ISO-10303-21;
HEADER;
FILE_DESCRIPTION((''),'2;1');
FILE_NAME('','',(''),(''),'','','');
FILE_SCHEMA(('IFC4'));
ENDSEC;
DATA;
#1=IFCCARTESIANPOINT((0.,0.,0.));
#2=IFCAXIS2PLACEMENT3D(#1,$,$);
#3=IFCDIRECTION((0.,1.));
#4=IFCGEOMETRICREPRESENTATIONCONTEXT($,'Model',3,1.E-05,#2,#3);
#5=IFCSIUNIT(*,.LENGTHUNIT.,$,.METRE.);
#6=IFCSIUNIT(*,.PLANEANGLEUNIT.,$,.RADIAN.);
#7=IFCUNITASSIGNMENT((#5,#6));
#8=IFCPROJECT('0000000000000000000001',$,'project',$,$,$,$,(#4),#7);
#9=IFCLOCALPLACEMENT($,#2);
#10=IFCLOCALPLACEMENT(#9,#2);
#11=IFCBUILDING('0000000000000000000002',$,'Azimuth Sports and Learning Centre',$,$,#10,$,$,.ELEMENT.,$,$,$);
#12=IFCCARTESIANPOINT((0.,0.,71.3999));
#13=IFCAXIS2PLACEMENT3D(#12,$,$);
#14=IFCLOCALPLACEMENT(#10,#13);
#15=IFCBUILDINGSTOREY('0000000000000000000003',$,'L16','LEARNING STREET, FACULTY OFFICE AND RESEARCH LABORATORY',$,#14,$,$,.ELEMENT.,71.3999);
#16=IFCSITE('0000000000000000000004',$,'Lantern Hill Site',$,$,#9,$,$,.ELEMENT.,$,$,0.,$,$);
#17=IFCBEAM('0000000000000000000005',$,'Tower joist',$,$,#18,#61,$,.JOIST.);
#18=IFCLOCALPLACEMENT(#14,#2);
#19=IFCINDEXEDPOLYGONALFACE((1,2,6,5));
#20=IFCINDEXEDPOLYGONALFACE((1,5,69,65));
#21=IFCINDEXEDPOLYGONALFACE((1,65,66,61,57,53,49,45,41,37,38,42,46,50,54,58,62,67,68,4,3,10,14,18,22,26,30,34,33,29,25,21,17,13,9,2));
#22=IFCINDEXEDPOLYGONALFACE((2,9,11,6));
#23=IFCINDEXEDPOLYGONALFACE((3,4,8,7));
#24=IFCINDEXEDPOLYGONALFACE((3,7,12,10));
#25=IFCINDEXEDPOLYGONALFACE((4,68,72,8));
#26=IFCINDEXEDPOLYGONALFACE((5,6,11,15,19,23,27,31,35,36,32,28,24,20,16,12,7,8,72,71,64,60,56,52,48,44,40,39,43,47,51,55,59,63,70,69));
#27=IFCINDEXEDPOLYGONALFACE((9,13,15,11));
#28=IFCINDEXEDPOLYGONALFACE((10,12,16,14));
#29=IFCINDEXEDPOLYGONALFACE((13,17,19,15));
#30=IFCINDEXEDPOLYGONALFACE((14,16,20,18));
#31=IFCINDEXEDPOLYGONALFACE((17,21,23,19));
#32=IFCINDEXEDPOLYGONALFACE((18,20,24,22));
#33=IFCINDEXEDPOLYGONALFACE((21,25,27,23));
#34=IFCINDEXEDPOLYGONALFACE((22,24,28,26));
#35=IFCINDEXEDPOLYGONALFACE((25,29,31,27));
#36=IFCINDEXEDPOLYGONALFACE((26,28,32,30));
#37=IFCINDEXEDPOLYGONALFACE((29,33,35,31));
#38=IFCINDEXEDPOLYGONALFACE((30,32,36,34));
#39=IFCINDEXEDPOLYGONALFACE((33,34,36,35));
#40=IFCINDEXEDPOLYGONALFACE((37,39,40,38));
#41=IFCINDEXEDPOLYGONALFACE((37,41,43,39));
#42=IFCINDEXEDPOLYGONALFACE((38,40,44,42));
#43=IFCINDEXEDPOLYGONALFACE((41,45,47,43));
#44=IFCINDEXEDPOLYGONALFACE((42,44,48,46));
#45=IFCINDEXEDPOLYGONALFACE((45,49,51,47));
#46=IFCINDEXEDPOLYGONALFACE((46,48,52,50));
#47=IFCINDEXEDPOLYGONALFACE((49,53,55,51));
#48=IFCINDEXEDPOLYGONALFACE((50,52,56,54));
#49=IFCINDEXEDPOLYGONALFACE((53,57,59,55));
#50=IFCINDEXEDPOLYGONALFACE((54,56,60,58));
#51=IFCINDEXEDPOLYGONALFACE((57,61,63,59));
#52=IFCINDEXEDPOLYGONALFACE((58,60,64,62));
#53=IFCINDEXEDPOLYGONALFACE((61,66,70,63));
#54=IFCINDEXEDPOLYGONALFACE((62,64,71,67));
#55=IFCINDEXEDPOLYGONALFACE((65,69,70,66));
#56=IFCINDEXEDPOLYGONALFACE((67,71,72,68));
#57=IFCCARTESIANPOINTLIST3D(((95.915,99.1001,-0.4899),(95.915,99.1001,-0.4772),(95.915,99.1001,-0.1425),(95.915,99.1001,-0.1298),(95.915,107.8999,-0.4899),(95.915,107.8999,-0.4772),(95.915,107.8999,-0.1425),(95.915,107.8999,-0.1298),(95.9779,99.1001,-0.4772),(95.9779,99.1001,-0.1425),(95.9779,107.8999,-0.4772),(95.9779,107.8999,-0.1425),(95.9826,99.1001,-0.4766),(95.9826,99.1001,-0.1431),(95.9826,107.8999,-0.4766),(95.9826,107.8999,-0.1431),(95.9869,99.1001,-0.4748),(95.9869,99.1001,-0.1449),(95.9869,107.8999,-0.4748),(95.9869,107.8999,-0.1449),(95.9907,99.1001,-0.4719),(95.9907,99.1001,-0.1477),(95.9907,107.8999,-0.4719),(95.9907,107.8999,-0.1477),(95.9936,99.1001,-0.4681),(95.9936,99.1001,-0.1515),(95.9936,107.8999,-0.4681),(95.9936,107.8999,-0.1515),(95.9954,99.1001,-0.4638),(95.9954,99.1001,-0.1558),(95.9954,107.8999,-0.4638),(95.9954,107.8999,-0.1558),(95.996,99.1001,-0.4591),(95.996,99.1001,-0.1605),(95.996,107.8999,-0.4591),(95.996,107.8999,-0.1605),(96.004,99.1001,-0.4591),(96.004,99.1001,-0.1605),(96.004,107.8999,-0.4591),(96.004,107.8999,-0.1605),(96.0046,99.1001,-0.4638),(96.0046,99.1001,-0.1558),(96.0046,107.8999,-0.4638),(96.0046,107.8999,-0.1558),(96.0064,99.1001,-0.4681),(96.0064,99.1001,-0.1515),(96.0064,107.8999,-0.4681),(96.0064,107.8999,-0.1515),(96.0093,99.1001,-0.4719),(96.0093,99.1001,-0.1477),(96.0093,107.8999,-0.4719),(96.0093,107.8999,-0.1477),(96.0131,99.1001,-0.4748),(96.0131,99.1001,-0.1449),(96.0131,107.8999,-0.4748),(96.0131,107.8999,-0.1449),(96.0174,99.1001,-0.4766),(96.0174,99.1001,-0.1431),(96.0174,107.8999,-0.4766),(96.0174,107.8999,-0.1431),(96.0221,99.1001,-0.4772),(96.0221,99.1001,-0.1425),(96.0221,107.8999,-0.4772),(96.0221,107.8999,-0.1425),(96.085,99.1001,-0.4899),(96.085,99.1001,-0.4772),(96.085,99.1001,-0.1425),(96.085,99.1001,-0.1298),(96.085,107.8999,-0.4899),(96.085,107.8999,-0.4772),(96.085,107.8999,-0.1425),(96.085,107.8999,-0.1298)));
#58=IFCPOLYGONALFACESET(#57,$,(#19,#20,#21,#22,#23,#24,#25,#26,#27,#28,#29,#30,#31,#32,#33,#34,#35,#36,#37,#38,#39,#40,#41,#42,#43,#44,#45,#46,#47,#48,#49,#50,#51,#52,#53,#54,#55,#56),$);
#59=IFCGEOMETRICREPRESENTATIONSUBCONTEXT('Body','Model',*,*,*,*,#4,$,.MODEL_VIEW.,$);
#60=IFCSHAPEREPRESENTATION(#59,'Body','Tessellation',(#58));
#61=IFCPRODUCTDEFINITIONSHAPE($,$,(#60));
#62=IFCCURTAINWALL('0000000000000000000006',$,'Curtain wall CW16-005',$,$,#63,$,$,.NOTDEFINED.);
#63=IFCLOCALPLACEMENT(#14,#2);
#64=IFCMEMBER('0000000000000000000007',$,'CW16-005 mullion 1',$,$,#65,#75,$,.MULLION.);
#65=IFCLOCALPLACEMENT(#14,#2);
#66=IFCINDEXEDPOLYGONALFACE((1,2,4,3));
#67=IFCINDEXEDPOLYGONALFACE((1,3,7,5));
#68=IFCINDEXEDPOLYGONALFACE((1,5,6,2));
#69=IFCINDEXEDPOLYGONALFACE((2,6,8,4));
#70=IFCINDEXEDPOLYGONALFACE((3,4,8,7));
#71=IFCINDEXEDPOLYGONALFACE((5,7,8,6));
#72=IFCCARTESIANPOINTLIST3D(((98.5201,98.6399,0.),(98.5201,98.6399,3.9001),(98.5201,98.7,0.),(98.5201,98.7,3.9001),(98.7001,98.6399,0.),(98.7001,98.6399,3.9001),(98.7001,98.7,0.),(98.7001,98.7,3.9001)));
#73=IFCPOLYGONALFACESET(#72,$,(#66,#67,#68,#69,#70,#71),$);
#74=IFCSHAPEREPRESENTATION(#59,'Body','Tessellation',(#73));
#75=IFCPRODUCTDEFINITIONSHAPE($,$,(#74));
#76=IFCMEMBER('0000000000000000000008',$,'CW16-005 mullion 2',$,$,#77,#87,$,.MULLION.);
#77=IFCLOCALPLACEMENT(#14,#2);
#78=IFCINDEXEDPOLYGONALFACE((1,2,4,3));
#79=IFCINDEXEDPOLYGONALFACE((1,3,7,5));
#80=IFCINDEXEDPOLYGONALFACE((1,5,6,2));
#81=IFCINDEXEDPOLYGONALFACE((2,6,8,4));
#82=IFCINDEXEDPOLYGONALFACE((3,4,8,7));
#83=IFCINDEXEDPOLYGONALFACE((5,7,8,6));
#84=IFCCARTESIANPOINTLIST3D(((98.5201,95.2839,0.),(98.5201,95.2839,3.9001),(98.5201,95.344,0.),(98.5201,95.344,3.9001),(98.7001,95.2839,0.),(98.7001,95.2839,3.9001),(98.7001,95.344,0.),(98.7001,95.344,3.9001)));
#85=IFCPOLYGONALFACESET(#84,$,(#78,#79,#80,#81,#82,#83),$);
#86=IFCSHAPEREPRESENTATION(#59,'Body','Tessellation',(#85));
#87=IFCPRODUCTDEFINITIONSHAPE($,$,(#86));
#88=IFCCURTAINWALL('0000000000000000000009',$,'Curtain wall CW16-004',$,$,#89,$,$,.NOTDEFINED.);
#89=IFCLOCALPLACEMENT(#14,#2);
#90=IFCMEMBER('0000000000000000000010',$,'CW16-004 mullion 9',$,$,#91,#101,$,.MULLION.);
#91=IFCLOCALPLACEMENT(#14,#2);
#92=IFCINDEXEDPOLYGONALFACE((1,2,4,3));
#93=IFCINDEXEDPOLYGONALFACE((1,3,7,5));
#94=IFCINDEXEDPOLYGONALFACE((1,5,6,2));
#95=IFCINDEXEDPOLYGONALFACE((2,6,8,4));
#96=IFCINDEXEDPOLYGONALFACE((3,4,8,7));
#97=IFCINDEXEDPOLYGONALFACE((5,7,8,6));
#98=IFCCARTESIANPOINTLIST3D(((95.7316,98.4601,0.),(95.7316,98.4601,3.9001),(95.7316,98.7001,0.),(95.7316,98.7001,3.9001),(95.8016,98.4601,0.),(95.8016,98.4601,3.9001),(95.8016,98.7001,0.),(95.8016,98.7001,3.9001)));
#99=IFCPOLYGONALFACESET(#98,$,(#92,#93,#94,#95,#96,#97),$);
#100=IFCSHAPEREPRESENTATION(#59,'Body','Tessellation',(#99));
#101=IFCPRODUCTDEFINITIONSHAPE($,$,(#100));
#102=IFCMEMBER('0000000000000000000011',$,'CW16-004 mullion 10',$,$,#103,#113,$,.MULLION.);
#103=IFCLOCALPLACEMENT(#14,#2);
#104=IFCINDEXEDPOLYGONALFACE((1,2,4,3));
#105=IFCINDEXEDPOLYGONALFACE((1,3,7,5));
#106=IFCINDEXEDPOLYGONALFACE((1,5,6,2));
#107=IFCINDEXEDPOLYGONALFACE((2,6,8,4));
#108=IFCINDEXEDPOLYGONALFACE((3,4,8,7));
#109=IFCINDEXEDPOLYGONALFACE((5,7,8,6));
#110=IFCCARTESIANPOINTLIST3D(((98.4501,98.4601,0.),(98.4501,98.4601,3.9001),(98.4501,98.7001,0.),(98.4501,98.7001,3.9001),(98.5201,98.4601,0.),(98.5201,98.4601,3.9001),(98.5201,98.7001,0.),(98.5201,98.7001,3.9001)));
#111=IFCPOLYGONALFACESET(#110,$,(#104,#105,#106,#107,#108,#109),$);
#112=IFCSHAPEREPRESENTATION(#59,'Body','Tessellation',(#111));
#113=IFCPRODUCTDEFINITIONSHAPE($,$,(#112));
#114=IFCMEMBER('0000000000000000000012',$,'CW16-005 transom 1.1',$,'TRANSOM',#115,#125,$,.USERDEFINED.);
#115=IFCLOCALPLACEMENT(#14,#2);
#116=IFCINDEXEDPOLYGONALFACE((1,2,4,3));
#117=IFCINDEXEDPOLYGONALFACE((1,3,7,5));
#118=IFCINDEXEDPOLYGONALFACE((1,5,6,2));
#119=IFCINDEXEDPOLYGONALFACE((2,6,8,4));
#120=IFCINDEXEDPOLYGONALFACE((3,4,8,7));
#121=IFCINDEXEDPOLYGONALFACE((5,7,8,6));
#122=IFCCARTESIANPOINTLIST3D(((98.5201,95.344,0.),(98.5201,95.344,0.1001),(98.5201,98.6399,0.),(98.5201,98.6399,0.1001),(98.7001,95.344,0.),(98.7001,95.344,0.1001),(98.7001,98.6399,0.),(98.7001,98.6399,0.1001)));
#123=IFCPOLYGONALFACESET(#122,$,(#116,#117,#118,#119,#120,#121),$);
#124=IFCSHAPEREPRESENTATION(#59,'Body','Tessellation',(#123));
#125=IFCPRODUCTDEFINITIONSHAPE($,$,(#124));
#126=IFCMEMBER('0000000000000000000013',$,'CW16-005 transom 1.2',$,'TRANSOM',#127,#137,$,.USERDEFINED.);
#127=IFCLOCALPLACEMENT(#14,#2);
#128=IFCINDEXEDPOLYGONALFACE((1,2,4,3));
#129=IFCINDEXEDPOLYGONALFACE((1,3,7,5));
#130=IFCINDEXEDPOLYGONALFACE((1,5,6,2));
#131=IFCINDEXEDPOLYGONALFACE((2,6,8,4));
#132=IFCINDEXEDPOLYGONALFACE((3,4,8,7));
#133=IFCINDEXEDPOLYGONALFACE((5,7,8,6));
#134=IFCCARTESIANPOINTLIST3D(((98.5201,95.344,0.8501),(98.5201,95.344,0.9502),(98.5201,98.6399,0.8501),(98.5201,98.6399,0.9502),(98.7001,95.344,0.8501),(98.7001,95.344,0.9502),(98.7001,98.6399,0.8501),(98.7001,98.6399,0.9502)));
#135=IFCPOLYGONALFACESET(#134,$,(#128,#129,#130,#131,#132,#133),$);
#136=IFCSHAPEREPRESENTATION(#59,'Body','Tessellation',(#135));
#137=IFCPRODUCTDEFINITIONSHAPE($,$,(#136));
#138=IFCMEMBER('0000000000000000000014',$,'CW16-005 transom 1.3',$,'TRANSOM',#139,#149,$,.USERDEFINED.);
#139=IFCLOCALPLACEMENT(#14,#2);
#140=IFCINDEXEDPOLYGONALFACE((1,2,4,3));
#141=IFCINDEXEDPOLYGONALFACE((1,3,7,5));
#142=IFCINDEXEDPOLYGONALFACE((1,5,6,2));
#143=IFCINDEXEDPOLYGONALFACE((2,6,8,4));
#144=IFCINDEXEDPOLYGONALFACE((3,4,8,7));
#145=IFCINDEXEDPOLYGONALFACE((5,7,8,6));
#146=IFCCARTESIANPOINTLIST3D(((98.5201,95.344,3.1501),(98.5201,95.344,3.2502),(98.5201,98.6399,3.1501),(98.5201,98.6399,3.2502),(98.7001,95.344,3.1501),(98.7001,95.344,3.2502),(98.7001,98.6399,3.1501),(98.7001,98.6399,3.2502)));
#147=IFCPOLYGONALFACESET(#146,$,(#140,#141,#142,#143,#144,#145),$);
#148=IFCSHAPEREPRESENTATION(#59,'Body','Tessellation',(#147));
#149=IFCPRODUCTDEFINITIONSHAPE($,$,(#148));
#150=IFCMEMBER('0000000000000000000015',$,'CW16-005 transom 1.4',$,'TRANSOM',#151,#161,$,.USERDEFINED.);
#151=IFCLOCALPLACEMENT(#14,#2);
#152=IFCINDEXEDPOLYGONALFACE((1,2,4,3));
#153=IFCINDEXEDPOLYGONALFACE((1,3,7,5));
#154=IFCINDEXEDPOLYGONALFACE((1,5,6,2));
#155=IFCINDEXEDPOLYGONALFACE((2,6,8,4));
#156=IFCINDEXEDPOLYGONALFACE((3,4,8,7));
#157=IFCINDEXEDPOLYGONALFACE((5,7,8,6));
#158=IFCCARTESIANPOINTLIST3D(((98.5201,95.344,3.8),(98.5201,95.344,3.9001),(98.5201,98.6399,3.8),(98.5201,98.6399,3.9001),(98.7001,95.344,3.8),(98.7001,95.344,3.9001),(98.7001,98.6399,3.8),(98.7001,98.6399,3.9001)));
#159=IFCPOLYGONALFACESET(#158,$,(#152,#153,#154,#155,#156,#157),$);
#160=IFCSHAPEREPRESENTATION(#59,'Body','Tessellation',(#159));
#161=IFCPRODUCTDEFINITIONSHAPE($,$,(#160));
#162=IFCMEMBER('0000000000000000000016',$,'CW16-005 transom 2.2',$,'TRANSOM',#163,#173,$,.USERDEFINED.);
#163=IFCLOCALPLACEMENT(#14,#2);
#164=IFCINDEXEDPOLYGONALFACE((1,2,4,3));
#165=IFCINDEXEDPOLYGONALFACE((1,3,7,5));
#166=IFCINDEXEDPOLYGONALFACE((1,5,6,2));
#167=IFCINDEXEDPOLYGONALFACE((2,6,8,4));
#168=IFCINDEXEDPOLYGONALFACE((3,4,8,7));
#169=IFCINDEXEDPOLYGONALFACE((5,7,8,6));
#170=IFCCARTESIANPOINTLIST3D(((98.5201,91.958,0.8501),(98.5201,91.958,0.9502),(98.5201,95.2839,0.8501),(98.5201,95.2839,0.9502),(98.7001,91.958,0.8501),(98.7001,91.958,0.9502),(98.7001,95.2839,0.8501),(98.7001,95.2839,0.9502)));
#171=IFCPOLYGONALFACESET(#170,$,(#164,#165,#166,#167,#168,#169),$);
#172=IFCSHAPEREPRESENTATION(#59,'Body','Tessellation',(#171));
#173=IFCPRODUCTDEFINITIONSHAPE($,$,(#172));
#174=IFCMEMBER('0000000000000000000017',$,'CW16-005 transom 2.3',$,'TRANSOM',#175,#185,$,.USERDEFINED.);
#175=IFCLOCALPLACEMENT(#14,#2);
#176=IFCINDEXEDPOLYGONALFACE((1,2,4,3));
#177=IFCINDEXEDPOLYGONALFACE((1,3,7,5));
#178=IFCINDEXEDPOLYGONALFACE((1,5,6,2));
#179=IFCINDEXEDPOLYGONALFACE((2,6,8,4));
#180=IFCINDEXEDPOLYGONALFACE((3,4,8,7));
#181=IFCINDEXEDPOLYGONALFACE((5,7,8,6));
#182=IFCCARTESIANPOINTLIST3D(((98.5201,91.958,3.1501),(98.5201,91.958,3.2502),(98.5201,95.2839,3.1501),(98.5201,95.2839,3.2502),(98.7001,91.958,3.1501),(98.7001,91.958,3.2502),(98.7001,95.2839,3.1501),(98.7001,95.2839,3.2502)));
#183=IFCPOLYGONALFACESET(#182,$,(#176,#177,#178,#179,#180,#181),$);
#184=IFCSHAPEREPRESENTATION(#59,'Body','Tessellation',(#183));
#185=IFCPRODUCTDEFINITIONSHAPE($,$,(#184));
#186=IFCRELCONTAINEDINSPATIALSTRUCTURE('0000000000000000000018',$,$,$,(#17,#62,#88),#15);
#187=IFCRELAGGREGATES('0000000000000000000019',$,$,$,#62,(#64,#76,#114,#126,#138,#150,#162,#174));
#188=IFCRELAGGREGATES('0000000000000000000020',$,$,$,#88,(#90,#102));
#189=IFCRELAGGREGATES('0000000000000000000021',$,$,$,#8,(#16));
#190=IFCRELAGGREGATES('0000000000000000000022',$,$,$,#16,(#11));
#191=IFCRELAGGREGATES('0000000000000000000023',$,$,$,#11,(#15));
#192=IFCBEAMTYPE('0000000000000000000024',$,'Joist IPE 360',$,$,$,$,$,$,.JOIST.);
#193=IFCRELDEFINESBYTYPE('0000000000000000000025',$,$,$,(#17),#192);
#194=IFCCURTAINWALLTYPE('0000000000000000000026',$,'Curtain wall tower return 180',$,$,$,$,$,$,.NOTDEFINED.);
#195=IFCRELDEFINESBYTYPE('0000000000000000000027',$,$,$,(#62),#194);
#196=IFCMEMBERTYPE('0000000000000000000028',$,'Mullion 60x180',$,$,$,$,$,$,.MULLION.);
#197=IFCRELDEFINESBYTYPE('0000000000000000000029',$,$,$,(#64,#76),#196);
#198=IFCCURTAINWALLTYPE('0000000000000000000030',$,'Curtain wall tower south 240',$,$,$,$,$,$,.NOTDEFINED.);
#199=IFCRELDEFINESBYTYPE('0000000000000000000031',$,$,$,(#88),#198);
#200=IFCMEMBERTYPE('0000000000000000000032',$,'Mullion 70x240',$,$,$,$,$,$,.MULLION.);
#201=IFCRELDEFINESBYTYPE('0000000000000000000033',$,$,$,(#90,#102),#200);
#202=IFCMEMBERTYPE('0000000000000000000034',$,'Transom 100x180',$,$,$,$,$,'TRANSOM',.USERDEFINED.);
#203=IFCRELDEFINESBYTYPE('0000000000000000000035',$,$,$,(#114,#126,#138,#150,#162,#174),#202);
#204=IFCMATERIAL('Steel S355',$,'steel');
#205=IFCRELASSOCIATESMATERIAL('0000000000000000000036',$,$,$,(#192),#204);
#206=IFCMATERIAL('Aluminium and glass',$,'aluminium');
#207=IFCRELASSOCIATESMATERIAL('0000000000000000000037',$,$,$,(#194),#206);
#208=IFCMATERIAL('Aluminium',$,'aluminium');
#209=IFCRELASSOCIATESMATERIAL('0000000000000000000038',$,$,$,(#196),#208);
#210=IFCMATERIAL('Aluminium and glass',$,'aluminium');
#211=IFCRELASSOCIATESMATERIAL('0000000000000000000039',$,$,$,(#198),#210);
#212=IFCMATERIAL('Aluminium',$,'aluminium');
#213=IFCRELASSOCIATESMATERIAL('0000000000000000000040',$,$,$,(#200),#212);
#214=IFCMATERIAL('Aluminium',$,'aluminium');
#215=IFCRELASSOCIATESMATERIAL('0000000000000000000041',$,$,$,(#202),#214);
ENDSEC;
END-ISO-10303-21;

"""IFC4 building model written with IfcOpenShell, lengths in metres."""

from ifc_helpers import new_model, si_unit, direction, frame, origin, origin_2d, place, context, subcontext, project, spatial, rectangle, i_section, extrude, material, material_profile, profile_set, type_object, element, aggregate, save


model = new_model("IFC4")

# Units and contexts
model_context = context("Model", 3, precision=1e-05, world=origin(), true_north=direction((0.0, 1.0)))
body_context = subcontext(model_context, "Body", "Model", "MODEL_VIEW")
ifc_project = project(units=[si_unit("LENGTHUNIT", "METRE"), si_unit("PLANEANGLEUNIT", "RADIAN")], contexts=[model_context])

# Site, building, storey
site_placement = place(None, origin())
site = spatial("IfcSite", under=ifc_project, at=site_placement, Name="Lantern Hill Site", CompositionType="ELEMENT", RefElevation=0.0)
building_placement = place(site_placement, origin())
building = spatial("IfcBuilding", under=site, at=building_placement, Name="Azimuth Sports and Learning Centre", CompositionType="ELEMENT")
storey_placement = place(building_placement, frame((0.0, 0.0, 71.3999)))
storey = spatial("IfcBuildingStorey", under=building, at=storey_placement, Name="L16", Description="LEARNING STREET, FACULTY OFFICE AND RESEARCH LABORATORY", CompositionType="ELEMENT", Elevation=71.3999)

# Beam
ifc_material_1 = material(Name="Steel S355", Category="steel")
ifc_material_profile_1 = material_profile(ifc_material_1, i_section(OverallWidth=0.1699, OverallDepth=0.3601, WebThickness=0.0081, FlangeThickness=0.0127, FilletRadius=0.0181, at=origin_2d()), Name="IPE 360")
ifc_profile_set_1 = profile_set([ifc_material_profile_1], Name="Steel S355")
beam_type = type_object("IfcBeamType", Name="Joist IPE 360", PredefinedType="JOIST", material=ifc_profile_set_1)
beam_placement = place(storey_placement, frame((96.0, 99.1001, -0.3098), z_axis=(0.0, 1.0, 0.0), x_axis=(-1.0, 0.0, 0.0)))
element("IfcBeam", 1, at=beam_placement, inside=storey, type_object=beam_type, Name="Tower joist", PredefinedType="JOIST", context=body_context, shape_type="SweptSolid", body=[
    extrude(i_section(OverallWidth=0.1699, OverallDepth=0.3601, WebThickness=0.0081, FlangeThickness=0.0127, FilletRadius=0.0181, at=origin_2d()), origin(), (0.0, 0.0, 1.0), 8.7998),
])

# Curtain walls, members
ifc_material_2 = material(Name="Aluminium and glass", Category="aluminium")
curtain_wall_type_1 = type_object("IfcCurtainWallType", Name="Curtain wall tower return 180", PredefinedType="NOTDEFINED", material=ifc_material_2)
curtain_wall_1_placement = place(storey_placement, origin())
curtain_wall_1 = element("IfcCurtainWall", 2, at=curtain_wall_1_placement, inside=storey, type_object=curtain_wall_type_1, Name="Curtain wall CW16-005", PredefinedType="NOTDEFINED")
ifc_material_3 = material(Name="Aluminium", Category="aluminium")
ifc_material_profile_2 = material_profile(ifc_material_3, rectangle(XDim=0.1799, YDim=0.0601, at=origin_2d()), Name="Mullion 60x180")
ifc_profile_set_2 = profile_set([ifc_material_profile_2], Name="Aluminium")
member_type_1 = type_object("IfcMemberType", Name="Mullion 60x180", PredefinedType="MULLION", material=ifc_profile_set_2)
member_1_placement = place(storey_placement, frame((98.6101, 98.6699, 0.0), z_axis=(0.0, 0.0, 1.0), x_axis=(1.0, 0.0, 0.0)))
member_1 = element("IfcMember", 3, at=member_1_placement, type_object=member_type_1, Name="CW16-005 mullion 1", PredefinedType="MULLION", context=body_context, shape_type="SweptSolid", body=[
    extrude(rectangle(XDim=0.1799, YDim=0.0601, at=origin_2d()), origin(), (0.0, 0.0, 1.0), 3.9001),
])
member_2_placement = place(storey_placement, frame((98.6101, 95.314, 0.0), z_axis=(0.0, 0.0, 1.0), x_axis=(1.0, 0.0, 0.0)))
member_2 = element("IfcMember", 4, at=member_2_placement, type_object=member_type_1, Name="CW16-005 mullion 2", PredefinedType="MULLION", context=body_context, shape_type="SweptSolid", body=[
    extrude(rectangle(XDim=0.1799, YDim=0.0601, at=origin_2d()), origin(), (0.0, 0.0, 1.0), 3.9001),
])
ifc_material_4 = material(Name="Aluminium and glass", Category="aluminium")
curtain_wall_type_2 = type_object("IfcCurtainWallType", Name="Curtain wall tower south 240", PredefinedType="NOTDEFINED", material=ifc_material_4)
curtain_wall_2_placement = place(storey_placement, origin())
curtain_wall_2 = element("IfcCurtainWall", 5, at=curtain_wall_2_placement, inside=storey, type_object=curtain_wall_type_2, Name="Curtain wall CW16-004", PredefinedType="NOTDEFINED")
ifc_material_5 = material(Name="Aluminium", Category="aluminium")
ifc_material_profile_3 = material_profile(ifc_material_5, rectangle(XDim=0.24, YDim=0.0701, at=origin_2d()), Name="Mullion 70x240")
ifc_profile_set_3 = profile_set([ifc_material_profile_3], Name="Aluminium")
member_type_2 = type_object("IfcMemberType", Name="Mullion 70x240", PredefinedType="MULLION", material=ifc_profile_set_3)
member_3_placement = place(storey_placement, frame((95.7666, 98.5801, 0.0), z_axis=(0.0, 0.0, 1.0), x_axis=(0.0, 1.0, 0.0)))
member_3 = element("IfcMember", 6, at=member_3_placement, type_object=member_type_2, Name="CW16-004 mullion 9", PredefinedType="MULLION", context=body_context, shape_type="SweptSolid", body=[
    extrude(rectangle(XDim=0.24, YDim=0.0701, at=origin_2d()), origin(), (0.0, 0.0, 1.0), 3.9001),
])
member_4_placement = place(storey_placement, frame((98.4851, 98.5801, 0.0), z_axis=(0.0, 0.0, 1.0), x_axis=(0.0, 1.0, 0.0)))
member_4 = element("IfcMember", 7, at=member_4_placement, type_object=member_type_2, Name="CW16-004 mullion 10", PredefinedType="MULLION", context=body_context, shape_type="SweptSolid", body=[
    extrude(rectangle(XDim=0.24, YDim=0.0701, at=origin_2d()), origin(), (0.0, 0.0, 1.0), 3.9001),
])

# Members
ifc_material_6 = material(Name="Aluminium", Category="aluminium")
ifc_material_profile_4 = material_profile(ifc_material_6, rectangle(XDim=0.1799, YDim=0.1001, at=origin_2d()), Name="Transom 100x180")
ifc_profile_set_4 = profile_set([ifc_material_profile_4], Name="Aluminium")
member_type_3 = type_object("IfcMemberType", Name="Transom 100x180", ElementType="TRANSOM", PredefinedType="USERDEFINED", material=ifc_profile_set_4)
member_5_placement = place(storey_placement, frame((98.6101, 98.6399, 0.05), z_axis=(0.0, -1.0, 0.0), x_axis=(1.0, 0.0, 0.0)))
member_5 = element("IfcMember", 8, at=member_5_placement, type_object=member_type_3, Name="CW16-005 transom 1.1", ObjectType="TRANSOM", PredefinedType="USERDEFINED", context=body_context, shape_type="SweptSolid", body=[
    extrude(rectangle(XDim=0.1799, YDim=0.1001, at=origin_2d()), origin(), (0.0, 0.0, 1.0), 3.2959),
])
member_6_placement = place(storey_placement, frame((98.6101, 98.6399, 0.9001), z_axis=(0.0, -1.0, 0.0), x_axis=(1.0, 0.0, 0.0)))
member_6 = element("IfcMember", 9, at=member_6_placement, type_object=member_type_3, Name="CW16-005 transom 1.2", ObjectType="TRANSOM", PredefinedType="USERDEFINED", context=body_context, shape_type="SweptSolid", body=[
    extrude(rectangle(XDim=0.1799, YDim=0.1001, at=origin_2d()), origin(), (0.0, 0.0, 1.0), 3.2959),
])
member_7_placement = place(storey_placement, frame((98.6101, 98.6399, 3.2002), z_axis=(0.0, -1.0, 0.0), x_axis=(1.0, 0.0, 0.0)))
member_7 = element("IfcMember", 10, at=member_7_placement, type_object=member_type_3, Name="CW16-005 transom 1.3", ObjectType="TRANSOM", PredefinedType="USERDEFINED", context=body_context, shape_type="SweptSolid", body=[
    extrude(rectangle(XDim=0.1799, YDim=0.1001, at=origin_2d()), origin(), (0.0, 0.0, 1.0), 3.2959),
])
member_8_placement = place(storey_placement, frame((98.6101, 98.6399, 3.8501), z_axis=(0.0, -1.0, 0.0), x_axis=(1.0, 0.0, 0.0)))
member_8 = element("IfcMember", 11, at=member_8_placement, type_object=member_type_3, Name="CW16-005 transom 1.4", ObjectType="TRANSOM", PredefinedType="USERDEFINED", context=body_context, shape_type="SweptSolid", body=[
    extrude(rectangle(XDim=0.1799, YDim=0.1001, at=origin_2d()), origin(), (0.0, 0.0, 1.0), 3.2959),
])
member_9_placement = place(storey_placement, frame((98.6101, 95.2839, 0.9001), z_axis=(0.0, -1.0, 0.0), x_axis=(1.0, 0.0, 0.0)))
member_9 = element("IfcMember", 12, at=member_9_placement, type_object=member_type_3, Name="CW16-005 transom 2.2", ObjectType="TRANSOM", PredefinedType="USERDEFINED", context=body_context, shape_type="SweptSolid", body=[
    extrude(rectangle(XDim=0.1799, YDim=0.1001, at=origin_2d()), origin(), (0.0, 0.0, 1.0), 3.3259),
])
member_10_placement = place(storey_placement, frame((98.6101, 95.2839, 3.2002), z_axis=(0.0, -1.0, 0.0), x_axis=(1.0, 0.0, 0.0)))
member_10 = element("IfcMember", 13, at=member_10_placement, type_object=member_type_3, Name="CW16-005 transom 2.3", ObjectType="TRANSOM", PredefinedType="USERDEFINED", context=body_context, shape_type="SweptSolid", body=[
    extrude(rectangle(XDim=0.1799, YDim=0.1001, at=origin_2d()), origin(), (0.0, 0.0, 1.0), 3.3259),
])

aggregate(curtain_wall_1, [member_1, member_2, member_5, member_6, member_7, member_8, member_9, member_10])
aggregate(curtain_wall_2, [member_3, member_4])

save(model, "model.ifc")
